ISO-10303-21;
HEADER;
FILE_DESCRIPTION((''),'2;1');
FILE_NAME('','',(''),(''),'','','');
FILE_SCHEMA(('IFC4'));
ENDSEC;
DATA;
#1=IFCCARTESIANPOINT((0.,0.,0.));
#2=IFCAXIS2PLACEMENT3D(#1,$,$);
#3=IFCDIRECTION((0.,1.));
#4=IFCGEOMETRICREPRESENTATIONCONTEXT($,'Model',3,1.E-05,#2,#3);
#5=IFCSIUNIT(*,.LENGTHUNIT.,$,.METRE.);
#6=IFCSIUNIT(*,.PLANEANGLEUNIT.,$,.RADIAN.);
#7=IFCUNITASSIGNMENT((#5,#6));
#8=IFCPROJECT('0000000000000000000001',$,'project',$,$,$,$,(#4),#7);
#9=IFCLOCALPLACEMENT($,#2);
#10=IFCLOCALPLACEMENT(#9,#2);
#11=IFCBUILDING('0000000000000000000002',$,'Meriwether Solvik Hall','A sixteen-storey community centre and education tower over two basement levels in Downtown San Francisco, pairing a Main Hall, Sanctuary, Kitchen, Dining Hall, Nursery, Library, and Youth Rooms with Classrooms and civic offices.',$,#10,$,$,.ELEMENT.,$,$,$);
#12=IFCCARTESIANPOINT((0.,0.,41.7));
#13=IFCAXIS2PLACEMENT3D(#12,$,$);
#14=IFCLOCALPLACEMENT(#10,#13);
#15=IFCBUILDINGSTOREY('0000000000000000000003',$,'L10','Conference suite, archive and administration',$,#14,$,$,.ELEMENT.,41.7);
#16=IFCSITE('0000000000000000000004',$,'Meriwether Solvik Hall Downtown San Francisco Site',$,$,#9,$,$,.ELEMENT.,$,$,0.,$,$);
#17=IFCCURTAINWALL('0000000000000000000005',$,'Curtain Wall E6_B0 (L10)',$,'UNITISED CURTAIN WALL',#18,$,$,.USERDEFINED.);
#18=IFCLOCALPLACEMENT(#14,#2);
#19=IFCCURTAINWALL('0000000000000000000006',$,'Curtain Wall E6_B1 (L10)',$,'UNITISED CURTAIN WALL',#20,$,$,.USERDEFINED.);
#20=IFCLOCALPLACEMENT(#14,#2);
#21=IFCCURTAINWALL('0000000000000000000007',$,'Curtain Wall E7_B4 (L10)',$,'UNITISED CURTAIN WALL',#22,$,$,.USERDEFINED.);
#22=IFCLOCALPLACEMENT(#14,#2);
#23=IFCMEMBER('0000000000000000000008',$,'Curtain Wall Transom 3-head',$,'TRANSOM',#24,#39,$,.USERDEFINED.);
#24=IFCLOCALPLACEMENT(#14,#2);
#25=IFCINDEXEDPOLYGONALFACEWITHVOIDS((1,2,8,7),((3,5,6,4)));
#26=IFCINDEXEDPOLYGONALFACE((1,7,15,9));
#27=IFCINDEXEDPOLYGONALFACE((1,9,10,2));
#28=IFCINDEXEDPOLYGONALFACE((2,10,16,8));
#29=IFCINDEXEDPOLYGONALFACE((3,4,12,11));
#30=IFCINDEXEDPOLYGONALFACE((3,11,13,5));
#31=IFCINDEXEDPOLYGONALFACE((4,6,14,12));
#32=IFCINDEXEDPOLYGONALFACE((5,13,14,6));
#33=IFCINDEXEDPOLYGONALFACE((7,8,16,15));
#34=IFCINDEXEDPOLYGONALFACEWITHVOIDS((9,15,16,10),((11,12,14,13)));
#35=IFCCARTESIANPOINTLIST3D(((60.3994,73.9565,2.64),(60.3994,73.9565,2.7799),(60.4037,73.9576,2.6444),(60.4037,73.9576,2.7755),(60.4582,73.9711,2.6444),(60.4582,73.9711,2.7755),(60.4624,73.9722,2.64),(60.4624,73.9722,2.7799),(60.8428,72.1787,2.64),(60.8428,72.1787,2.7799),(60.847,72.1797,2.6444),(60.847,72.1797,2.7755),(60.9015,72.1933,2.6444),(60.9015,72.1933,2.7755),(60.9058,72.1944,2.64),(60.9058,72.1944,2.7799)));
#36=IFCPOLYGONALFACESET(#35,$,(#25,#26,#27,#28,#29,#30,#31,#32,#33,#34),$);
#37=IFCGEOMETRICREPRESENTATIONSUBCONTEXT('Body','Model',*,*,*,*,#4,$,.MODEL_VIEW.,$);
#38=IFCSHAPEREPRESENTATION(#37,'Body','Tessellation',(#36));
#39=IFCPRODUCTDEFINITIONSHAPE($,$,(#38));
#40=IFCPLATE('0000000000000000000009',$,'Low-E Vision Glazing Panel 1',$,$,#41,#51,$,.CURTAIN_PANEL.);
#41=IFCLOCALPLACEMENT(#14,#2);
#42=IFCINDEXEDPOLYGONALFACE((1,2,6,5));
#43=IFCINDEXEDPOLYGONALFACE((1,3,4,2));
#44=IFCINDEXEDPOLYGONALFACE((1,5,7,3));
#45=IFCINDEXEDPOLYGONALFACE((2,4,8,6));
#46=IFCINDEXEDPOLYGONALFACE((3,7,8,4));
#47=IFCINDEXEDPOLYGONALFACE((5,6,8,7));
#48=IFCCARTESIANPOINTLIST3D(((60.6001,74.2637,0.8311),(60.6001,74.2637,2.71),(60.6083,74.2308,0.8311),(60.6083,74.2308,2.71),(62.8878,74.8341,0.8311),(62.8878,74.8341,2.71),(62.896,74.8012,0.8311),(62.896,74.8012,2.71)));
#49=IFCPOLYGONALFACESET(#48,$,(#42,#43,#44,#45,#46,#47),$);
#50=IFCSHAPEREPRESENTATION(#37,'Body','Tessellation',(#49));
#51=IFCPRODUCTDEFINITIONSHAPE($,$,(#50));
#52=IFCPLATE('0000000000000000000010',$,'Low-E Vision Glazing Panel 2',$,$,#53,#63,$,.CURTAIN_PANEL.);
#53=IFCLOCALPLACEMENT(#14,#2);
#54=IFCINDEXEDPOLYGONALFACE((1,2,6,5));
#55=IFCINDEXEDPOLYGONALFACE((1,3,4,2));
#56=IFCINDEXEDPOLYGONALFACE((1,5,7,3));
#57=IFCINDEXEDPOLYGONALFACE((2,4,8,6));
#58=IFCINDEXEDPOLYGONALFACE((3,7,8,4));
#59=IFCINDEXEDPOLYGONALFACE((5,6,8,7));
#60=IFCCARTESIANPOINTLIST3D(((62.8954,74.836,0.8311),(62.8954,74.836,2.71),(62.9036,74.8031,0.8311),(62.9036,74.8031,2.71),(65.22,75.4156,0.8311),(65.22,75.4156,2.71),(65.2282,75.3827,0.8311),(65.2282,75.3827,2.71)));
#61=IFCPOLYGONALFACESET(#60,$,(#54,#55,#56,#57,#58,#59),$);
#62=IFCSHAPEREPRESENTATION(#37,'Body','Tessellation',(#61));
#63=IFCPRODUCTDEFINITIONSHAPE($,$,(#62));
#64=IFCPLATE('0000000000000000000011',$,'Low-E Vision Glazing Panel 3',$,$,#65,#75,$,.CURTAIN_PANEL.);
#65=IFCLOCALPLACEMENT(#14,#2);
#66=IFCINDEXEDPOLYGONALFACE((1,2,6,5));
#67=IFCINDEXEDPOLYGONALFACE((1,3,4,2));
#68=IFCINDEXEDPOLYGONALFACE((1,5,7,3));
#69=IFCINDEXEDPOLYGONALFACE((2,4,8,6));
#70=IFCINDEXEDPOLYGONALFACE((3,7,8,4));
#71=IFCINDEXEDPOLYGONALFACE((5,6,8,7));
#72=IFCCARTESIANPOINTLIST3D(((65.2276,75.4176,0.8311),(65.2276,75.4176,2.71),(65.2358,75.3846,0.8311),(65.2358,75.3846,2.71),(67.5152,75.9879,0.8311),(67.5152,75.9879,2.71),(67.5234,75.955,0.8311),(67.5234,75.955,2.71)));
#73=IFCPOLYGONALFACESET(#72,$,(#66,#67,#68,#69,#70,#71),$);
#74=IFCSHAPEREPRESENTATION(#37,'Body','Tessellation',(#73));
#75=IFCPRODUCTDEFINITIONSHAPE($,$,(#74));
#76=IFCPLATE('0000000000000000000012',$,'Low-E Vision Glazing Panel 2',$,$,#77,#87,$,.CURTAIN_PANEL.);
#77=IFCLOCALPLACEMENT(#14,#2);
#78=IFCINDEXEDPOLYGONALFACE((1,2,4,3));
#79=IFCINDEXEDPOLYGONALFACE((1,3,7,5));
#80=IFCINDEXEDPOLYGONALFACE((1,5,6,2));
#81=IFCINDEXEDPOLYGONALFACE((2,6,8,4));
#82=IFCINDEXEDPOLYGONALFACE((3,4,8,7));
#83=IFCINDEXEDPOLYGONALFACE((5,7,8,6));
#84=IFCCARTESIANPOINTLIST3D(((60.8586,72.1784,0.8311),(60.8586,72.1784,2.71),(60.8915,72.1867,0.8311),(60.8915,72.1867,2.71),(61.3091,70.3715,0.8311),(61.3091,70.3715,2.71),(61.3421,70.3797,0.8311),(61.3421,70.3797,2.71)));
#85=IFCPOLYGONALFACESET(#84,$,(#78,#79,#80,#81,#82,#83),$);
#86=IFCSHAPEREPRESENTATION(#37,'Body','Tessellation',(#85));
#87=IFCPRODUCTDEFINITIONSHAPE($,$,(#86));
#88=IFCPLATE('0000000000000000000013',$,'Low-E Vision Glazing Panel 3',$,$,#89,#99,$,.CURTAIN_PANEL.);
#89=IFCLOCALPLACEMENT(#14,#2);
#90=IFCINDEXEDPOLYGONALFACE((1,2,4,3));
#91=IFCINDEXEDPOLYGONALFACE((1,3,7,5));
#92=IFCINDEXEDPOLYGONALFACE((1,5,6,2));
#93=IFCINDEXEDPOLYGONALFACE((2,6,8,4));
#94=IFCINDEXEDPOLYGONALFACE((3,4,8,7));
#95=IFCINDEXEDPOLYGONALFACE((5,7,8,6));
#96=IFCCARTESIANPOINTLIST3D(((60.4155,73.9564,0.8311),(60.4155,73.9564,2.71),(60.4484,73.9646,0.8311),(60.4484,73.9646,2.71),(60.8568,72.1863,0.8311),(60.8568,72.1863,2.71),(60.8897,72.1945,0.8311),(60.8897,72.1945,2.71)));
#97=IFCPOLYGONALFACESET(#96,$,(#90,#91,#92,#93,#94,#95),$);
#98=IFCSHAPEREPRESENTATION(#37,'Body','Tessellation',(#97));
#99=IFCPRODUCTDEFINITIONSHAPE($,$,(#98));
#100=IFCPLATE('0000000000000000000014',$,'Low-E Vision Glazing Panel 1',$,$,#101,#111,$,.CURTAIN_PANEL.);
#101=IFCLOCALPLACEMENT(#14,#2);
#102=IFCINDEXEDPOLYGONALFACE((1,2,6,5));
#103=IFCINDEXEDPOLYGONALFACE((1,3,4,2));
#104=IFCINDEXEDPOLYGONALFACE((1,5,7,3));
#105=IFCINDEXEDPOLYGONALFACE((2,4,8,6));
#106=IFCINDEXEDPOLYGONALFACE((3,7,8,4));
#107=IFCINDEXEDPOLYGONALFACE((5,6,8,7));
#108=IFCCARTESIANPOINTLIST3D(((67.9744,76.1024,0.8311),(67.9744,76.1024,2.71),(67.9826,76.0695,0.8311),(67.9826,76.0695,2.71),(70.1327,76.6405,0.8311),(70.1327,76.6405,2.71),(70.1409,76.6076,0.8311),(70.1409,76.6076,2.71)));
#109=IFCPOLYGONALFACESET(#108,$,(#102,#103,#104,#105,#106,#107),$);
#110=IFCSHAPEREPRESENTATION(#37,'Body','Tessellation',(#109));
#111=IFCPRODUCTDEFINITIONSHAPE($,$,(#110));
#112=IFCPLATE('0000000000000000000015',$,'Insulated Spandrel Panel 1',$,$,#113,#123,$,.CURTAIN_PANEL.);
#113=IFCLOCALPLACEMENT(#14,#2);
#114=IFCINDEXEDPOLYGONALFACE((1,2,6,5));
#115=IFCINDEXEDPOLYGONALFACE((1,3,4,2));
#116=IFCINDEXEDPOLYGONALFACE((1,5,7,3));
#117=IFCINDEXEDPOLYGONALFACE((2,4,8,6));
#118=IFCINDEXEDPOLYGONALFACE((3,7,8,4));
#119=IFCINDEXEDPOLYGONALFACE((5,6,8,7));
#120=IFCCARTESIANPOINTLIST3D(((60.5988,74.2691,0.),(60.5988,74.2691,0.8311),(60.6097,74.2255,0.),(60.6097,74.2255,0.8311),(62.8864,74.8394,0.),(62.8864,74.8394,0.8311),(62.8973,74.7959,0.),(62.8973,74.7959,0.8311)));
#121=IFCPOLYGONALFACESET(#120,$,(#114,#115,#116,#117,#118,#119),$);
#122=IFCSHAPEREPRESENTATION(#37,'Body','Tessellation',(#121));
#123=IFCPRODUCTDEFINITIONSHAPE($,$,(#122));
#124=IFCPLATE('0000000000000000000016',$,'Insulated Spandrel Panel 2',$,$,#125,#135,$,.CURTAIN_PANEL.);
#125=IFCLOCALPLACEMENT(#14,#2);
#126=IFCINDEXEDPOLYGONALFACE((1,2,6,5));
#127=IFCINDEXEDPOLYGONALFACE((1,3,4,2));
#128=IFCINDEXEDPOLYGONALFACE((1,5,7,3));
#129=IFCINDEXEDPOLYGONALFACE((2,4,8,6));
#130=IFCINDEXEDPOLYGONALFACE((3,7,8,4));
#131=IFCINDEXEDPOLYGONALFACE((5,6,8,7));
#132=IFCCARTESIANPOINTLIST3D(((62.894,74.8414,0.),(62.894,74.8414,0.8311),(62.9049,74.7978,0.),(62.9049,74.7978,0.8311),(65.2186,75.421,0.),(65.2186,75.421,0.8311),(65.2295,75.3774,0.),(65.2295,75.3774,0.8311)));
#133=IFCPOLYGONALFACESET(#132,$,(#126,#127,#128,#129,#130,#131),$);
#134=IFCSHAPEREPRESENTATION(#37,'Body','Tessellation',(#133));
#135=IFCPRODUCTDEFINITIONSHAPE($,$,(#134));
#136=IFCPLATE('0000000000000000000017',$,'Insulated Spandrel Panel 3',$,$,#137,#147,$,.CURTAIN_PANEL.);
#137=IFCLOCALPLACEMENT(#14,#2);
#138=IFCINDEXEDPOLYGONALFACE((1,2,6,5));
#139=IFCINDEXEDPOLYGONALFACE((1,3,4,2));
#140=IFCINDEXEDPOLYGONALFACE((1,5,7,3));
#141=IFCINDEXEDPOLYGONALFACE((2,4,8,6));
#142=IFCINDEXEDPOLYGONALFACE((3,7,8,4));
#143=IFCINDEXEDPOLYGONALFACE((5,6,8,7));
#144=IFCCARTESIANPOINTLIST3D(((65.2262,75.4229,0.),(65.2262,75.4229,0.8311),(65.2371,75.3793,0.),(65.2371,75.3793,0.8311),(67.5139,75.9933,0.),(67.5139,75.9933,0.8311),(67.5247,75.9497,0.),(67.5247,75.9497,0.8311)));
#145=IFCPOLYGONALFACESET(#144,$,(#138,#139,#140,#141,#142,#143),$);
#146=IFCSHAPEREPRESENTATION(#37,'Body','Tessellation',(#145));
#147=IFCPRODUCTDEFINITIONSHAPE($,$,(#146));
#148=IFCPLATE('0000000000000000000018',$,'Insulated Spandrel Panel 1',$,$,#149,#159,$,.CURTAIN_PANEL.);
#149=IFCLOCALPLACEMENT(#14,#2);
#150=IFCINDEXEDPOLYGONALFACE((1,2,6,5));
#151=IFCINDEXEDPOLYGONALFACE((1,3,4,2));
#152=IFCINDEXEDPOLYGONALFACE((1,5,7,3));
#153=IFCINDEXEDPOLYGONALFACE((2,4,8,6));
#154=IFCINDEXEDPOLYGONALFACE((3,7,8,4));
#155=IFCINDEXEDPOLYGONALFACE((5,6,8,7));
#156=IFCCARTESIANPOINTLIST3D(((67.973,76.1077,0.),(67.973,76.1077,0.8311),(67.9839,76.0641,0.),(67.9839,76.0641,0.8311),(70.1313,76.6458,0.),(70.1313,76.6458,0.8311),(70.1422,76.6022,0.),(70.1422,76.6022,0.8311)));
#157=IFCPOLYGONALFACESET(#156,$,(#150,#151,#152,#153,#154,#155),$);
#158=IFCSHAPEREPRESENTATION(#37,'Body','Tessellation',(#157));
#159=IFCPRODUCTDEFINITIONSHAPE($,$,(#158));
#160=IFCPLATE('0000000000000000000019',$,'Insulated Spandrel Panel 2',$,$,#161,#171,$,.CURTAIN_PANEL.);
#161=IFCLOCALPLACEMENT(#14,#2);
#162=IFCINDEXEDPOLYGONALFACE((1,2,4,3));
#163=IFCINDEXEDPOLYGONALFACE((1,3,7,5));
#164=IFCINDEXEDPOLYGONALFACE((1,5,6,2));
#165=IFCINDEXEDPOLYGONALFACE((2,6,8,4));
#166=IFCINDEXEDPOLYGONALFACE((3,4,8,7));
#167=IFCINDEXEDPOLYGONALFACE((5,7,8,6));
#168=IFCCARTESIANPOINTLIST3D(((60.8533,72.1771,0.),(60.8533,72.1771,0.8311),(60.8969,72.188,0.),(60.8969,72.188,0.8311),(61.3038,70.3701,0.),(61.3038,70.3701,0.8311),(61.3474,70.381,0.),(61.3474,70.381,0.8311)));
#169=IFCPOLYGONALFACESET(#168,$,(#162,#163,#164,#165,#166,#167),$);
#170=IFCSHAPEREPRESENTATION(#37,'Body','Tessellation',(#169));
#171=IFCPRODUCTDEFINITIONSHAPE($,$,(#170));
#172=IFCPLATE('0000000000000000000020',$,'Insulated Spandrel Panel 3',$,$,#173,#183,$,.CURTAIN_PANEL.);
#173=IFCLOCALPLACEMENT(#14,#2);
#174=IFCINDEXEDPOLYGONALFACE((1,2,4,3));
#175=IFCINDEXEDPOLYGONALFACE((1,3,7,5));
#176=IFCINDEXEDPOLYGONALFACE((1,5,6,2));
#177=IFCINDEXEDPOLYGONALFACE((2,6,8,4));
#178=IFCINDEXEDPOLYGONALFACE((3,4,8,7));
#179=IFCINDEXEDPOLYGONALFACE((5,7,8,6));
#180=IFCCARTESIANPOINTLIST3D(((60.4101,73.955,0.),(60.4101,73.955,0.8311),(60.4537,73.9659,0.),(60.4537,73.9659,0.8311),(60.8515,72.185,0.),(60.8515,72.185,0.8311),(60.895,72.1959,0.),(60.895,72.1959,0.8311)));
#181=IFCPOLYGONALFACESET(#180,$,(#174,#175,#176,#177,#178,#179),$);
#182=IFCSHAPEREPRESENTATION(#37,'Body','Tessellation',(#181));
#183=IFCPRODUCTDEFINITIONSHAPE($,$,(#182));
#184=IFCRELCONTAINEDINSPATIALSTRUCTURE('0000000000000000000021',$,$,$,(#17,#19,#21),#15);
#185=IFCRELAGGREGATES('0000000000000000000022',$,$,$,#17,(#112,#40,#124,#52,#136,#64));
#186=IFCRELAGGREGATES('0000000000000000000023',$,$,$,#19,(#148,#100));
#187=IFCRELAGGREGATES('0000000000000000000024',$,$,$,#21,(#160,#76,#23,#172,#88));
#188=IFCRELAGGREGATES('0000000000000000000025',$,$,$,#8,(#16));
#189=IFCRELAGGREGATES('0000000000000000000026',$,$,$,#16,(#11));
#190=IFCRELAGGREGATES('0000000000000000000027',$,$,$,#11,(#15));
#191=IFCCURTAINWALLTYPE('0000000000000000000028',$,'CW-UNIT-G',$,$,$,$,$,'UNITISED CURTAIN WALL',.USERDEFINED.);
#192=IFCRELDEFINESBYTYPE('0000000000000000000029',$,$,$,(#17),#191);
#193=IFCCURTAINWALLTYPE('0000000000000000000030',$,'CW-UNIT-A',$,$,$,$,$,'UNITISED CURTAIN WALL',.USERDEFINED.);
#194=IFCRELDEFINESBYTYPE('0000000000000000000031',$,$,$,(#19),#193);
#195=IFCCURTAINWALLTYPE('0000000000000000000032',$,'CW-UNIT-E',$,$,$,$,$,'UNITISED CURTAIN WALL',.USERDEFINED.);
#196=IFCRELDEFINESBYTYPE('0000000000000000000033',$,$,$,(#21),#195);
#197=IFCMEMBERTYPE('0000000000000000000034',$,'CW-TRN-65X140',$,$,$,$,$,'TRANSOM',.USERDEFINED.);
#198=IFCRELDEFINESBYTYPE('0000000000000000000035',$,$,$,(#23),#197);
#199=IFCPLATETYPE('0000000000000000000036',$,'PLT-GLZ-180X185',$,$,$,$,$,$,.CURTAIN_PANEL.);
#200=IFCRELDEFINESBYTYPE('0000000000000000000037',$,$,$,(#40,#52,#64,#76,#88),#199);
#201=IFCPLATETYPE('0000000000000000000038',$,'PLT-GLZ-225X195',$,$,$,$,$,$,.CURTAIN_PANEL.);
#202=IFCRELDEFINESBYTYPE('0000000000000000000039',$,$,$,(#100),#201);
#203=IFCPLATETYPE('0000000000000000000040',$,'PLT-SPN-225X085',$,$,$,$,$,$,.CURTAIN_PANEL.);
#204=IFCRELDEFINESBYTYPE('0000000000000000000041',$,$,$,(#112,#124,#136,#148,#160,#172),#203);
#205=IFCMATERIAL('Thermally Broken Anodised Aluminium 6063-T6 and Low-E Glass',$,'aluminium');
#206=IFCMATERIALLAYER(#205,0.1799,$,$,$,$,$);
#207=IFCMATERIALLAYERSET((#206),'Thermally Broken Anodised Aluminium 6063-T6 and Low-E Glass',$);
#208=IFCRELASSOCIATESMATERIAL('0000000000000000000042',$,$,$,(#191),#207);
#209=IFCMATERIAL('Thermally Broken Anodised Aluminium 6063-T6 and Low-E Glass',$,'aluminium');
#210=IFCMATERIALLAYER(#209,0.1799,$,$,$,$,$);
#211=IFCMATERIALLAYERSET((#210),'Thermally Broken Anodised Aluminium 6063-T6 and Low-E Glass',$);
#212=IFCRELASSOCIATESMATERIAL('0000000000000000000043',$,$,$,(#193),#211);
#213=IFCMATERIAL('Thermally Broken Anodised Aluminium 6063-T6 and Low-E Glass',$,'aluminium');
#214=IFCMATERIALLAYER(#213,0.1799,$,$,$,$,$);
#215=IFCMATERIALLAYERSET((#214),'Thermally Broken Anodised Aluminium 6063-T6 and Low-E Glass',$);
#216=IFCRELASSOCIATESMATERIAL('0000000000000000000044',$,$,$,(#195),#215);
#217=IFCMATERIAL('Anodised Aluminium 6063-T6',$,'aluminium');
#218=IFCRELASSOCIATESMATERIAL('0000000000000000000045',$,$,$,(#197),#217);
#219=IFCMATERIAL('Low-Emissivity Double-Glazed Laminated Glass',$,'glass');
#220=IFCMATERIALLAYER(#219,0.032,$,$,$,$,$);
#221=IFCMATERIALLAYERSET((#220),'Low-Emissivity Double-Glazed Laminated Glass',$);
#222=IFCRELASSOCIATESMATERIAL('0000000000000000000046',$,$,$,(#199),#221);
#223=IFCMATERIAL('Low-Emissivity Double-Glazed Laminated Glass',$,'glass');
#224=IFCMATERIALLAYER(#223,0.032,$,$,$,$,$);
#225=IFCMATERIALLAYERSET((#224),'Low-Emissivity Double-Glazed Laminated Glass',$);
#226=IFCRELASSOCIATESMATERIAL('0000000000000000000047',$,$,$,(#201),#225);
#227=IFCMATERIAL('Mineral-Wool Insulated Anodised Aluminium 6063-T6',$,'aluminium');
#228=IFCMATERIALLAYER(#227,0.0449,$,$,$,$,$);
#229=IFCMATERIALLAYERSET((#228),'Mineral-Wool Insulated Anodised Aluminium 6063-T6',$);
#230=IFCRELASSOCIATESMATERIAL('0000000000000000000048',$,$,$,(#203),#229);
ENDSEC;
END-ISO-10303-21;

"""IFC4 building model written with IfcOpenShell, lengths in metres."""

from ifc_helpers import new_model, si_unit, direction, frame, origin, origin_2d, place, context, subcontext, project, spatial, rectangle, hollow_rectangle, extrude, material, layer, layer_set, material_profile, profile_set, type_object, element, aggregate, save


model = new_model("IFC4")

# Units and contexts
model_context = context("Model", 3, precision=1e-05, world=origin(), true_north=direction((0.0, 1.0)))
body_context = subcontext(model_context, "Body", "Model", "MODEL_VIEW")
ifc_project = project(units=[si_unit("LENGTHUNIT", "METRE"), si_unit("PLANEANGLEUNIT", "RADIAN")], contexts=[model_context])

# Site, building, storey
site_placement = place(None, origin())
site = spatial("IfcSite", under=ifc_project, at=site_placement, Name="Meriwether Solvik Hall Downtown San Francisco Site", CompositionType="ELEMENT", RefElevation=0.0)
building_placement = place(site_placement, origin())
building = spatial("IfcBuilding", under=site, at=building_placement, Name="Meriwether Solvik Hall", Description="A sixteen-storey community centre and education tower over two basement levels in Downtown San Francisco, pairing a Main Hall, Sanctuary, Kitchen, Dining Hall, Nursery, Library, and Youth Rooms with Classrooms and civic offices.", CompositionType="ELEMENT")
storey_placement = place(building_placement, frame((0.0, 0.0, 41.7)))
storey = spatial("IfcBuildingStorey", under=building, at=storey_placement, Name="L10", Description="Conference suite, archive and administration", CompositionType="ELEMENT", Elevation=41.7)

# Curtain wall
ifc_material_1 = material(Name="Thermally Broken Anodised Aluminium 6063-T6 and Low-E Glass", Category="aluminium")
ifc_layer_1 = layer(ifc_material_1, 0.1799)
ifc_layer_set_1 = layer_set([ifc_layer_1], Name="Thermally Broken Anodised Aluminium 6063-T6 and Low-E Glass")
curtain_wall_type_1 = type_object("IfcCurtainWallType", Name="CW-UNIT-G", ElementType="UNITISED CURTAIN WALL", PredefinedType="USERDEFINED", material=ifc_layer_set_1)
curtain_wall_1_placement = place(storey_placement, origin())
curtain_wall_1 = element("IfcCurtainWall", 1, at=curtain_wall_1_placement, inside=storey, type_object=curtain_wall_type_1, Name="Curtain Wall E6_B0 (L10)", ObjectType="UNITISED CURTAIN WALL", PredefinedType="USERDEFINED")

# Curtain wall
ifc_material_2 = material(Name="Thermally Broken Anodised Aluminium 6063-T6 and Low-E Glass", Category="aluminium")
ifc_layer_2 = layer(ifc_material_2, 0.1799)
ifc_layer_set_2 = layer_set([ifc_layer_2], Name="Thermally Broken Anodised Aluminium 6063-T6 and Low-E Glass")
curtain_wall_type_2 = type_object("IfcCurtainWallType", Name="CW-UNIT-A", ElementType="UNITISED CURTAIN WALL", PredefinedType="USERDEFINED", material=ifc_layer_set_2)
curtain_wall_2_placement = place(storey_placement, origin())
curtain_wall_2 = element("IfcCurtainWall", 2, at=curtain_wall_2_placement, inside=storey, type_object=curtain_wall_type_2, Name="Curtain Wall E6_B1 (L10)", ObjectType="UNITISED CURTAIN WALL", PredefinedType="USERDEFINED")

# Curtain wall
ifc_material_3 = material(Name="Thermally Broken Anodised Aluminium 6063-T6 and Low-E Glass", Category="aluminium")
ifc_layer_3 = layer(ifc_material_3, 0.1799)
ifc_layer_set_3 = layer_set([ifc_layer_3], Name="Thermally Broken Anodised Aluminium 6063-T6 and Low-E Glass")
curtain_wall_type_3 = type_object("IfcCurtainWallType", Name="CW-UNIT-E", ElementType="UNITISED CURTAIN WALL", PredefinedType="USERDEFINED", material=ifc_layer_set_3)
curtain_wall_3_placement = place(storey_placement, origin())
curtain_wall_3 = element("IfcCurtainWall", 3, at=curtain_wall_3_placement, inside=storey, type_object=curtain_wall_type_3, Name="Curtain Wall E7_B4 (L10)", ObjectType="UNITISED CURTAIN WALL", PredefinedType="USERDEFINED")

# Member
ifc_material_4 = material(Name="Anodised Aluminium 6063-T6", Category="aluminium")
ifc_material_profile_1 = material_profile(ifc_material_4, hollow_rectangle(XDim=0.0649, YDim=0.1399, WallThickness=0.0044, at=origin_2d()), Name="CWT-65X140")
ifc_profile_set_1 = profile_set([ifc_material_profile_1], Name="Anodised Aluminium 6063-T6")
member_type_1 = type_object("IfcMemberType", Name="CW-TRN-65X140", ElementType="TRANSOM", PredefinedType="USERDEFINED", material=ifc_profile_set_1)
member_1_placement = place(storey_placement, frame((60.8743, 72.1865, 2.71), z_axis=(-0.241971, 0.970283, 0.0), x_axis=(-0.970283, -0.241971, 0.0)))
member_1 = element("IfcMember", 4, at=member_1_placement, type_object=member_type_1, Name="Curtain Wall Transom 3-head", ObjectType="TRANSOM", PredefinedType="USERDEFINED", context=body_context, shape_type="SweptSolid", body=[
    extrude(hollow_rectangle(XDim=0.0649, YDim=0.1399, WallThickness=0.0044, at=origin_2d()), origin(), (0.0, 0.0, 1.0), 1.8323),
])

# Plates
ifc_material_5 = material(Name="Low-Emissivity Double-Glazed Laminated Glass", Category="glass")
ifc_layer_4 = layer(ifc_material_5, 0.032)
ifc_layer_set_4 = layer_set([ifc_layer_4], Name="Low-Emissivity Double-Glazed Laminated Glass")
plate_type_1 = type_object("IfcPlateType", Name="PLT-GLZ-180X185", PredefinedType="CURTAIN_PANEL", material=ifc_layer_set_4)
plate_1_placement = place(storey_placement, frame((61.748, 74.5325, 0.8311), z_axis=(0.0, 0.0, 1.0), x_axis=(0.970296, 0.241922, 0.0)))
plate_1 = element("IfcPlate", 5, at=plate_1_placement, type_object=plate_type_1, Name="Low-E Vision Glazing Panel 1", PredefinedType="CURTAIN_PANEL", context=body_context, shape_type="SweptSolid", body=[
    extrude(rectangle(XDim=2.3577, YDim=0.0339, at=origin_2d()), origin(), (0.0, 0.0, 1.0), 1.8789),
])
plate_2_placement = place(storey_placement, frame((64.0618, 75.1094, 0.8311), z_axis=(0.0, 0.0, 1.0), x_axis=(0.970296, 0.241922, 0.0)))
plate_2 = element("IfcPlate", 6, at=plate_2_placement, type_object=plate_type_1, Name="Low-E Vision Glazing Panel 2", PredefinedType="CURTAIN_PANEL", context=body_context, shape_type="SweptSolid", body=[
    extrude(rectangle(XDim=2.3958, YDim=0.0339, at=origin_2d()), origin(), (0.0, 0.0, 1.0), 1.8789),
])
plate_3_placement = place(storey_placement, frame((66.3755, 75.6863, 0.8311), z_axis=(0.0, 0.0, 1.0), x_axis=(0.970296, 0.241922, 0.0)))
plate_3 = element("IfcPlate", 7, at=plate_3_placement, type_object=plate_type_1, Name="Low-E Vision Glazing Panel 3", PredefinedType="CURTAIN_PANEL", context=body_context, shape_type="SweptSolid", body=[
    extrude(rectangle(XDim=2.3577, YDim=0.0339, at=origin_2d()), origin(), (0.0, 0.0, 1.0), 1.8789),
])
plate_4_placement = place(storey_placement, frame((61.1003, 71.2791, 0.8311), z_axis=(0.0, 0.0, 1.0), x_axis=(-0.241922, 0.970296, 0.0)))
plate_4 = element("IfcPlate", 8, at=plate_4_placement, type_object=plate_type_1, Name="Low-E Vision Glazing Panel 2", PredefinedType="CURTAIN_PANEL", context=body_context, shape_type="SweptSolid", body=[
    extrude(rectangle(XDim=1.8623, YDim=0.0339, at=origin_2d()), origin(), (0.0, 0.0, 1.0), 1.8789),
])
plate_5_placement = place(storey_placement, frame((60.6526, 73.0754, 0.8311), z_axis=(0.0, 0.0, 1.0), x_axis=(-0.241922, 0.970296, 0.0)))
plate_5 = element("IfcPlate", 9, at=plate_5_placement, type_object=plate_type_1, Name="Low-E Vision Glazing Panel 3", PredefinedType="CURTAIN_PANEL", context=body_context, shape_type="SweptSolid", body=[
    extrude(rectangle(XDim=1.8242, YDim=0.0339, at=origin_2d()), origin(), (0.0, 0.0, 1.0), 1.8789),
])
ifc_material_6 = material(Name="Low-Emissivity Double-Glazed Laminated Glass", Category="glass")
ifc_layer_5 = layer(ifc_material_6, 0.032)
ifc_layer_set_5 = layer_set([ifc_layer_5], Name="Low-Emissivity Double-Glazed Laminated Glass")
plate_type_2 = type_object("IfcPlateType", Name="PLT-GLZ-225X195", PredefinedType="CURTAIN_PANEL", material=ifc_layer_set_5)
plate_6_placement = place(storey_placement, frame((69.0576, 76.355, 0.8311), z_axis=(0.0, 0.0, 1.0), x_axis=(0.970296, 0.241922, 0.0)))
plate_6 = element("IfcPlate", 10, at=plate_6_placement, type_object=plate_type_2, Name="Low-E Vision Glazing Panel 1", PredefinedType="CURTAIN_PANEL", context=body_context, shape_type="SweptSolid", body=[
    extrude(rectangle(XDim=2.2244, YDim=0.0339, at=origin_2d()), origin(), (0.0, 0.0, 1.0), 1.8789),
])
ifc_material_7 = material(Name="Mineral-Wool Insulated Anodised Aluminium 6063-T6", Category="aluminium")
ifc_layer_6 = layer(ifc_material_7, 0.0449)
ifc_layer_set_6 = layer_set([ifc_layer_6], Name="Mineral-Wool Insulated Anodised Aluminium 6063-T6")
plate_type_3 = type_object("IfcPlateType", Name="PLT-SPN-225X085", PredefinedType="CURTAIN_PANEL", material=ifc_layer_set_6)
plate_7_placement = place(storey_placement, frame((61.748, 74.5325, 0.0), z_axis=(0.0, 0.0, 1.0), x_axis=(0.970296, 0.241922, 0.0)))
plate_7 = element("IfcPlate", 11, at=plate_7_placement, type_object=plate_type_3, Name="Insulated Spandrel Panel 1", PredefinedType="CURTAIN_PANEL", context=body_context, shape_type="SweptSolid", body=[
    extrude(rectangle(XDim=2.3577, YDim=0.0449, at=origin_2d()), origin(), (0.0, 0.0, 1.0), 0.8311),
])
plate_8_placement = place(storey_placement, frame((64.0618, 75.1094, 0.0), z_axis=(0.0, 0.0, 1.0), x_axis=(0.970296, 0.241922, 0.0)))
plate_8 = element("IfcPlate", 12, at=plate_8_placement, type_object=plate_type_3, Name="Insulated Spandrel Panel 2", PredefinedType="CURTAIN_PANEL", context=body_context, shape_type="SweptSolid", body=[
    extrude(rectangle(XDim=2.3958, YDim=0.0449, at=origin_2d()), origin(), (0.0, 0.0, 1.0), 0.8311),
])
plate_9_placement = place(storey_placement, frame((66.3755, 75.6863, 0.0), z_axis=(0.0, 0.0, 1.0), x_axis=(0.970296, 0.241922, 0.0)))
plate_9 = element("IfcPlate", 13, at=plate_9_placement, type_object=plate_type_3, Name="Insulated Spandrel Panel 3", PredefinedType="CURTAIN_PANEL", context=body_context, shape_type="SweptSolid", body=[
    extrude(rectangle(XDim=2.3577, YDim=0.0449, at=origin_2d()), origin(), (0.0, 0.0, 1.0), 0.8311),
])
aggregate(curtain_wall_1, [plate_7, plate_1, plate_8, plate_2, plate_9, plate_3])
plate_10_placement = place(storey_placement, frame((69.0576, 76.355, 0.0), z_axis=(0.0, 0.0, 1.0), x_axis=(0.970296, 0.241922, 0.0)))
plate_10 = element("IfcPlate", 14, at=plate_10_placement, type_object=plate_type_3, Name="Insulated Spandrel Panel 1", PredefinedType="CURTAIN_PANEL", context=body_context, shape_type="SweptSolid", body=[
    extrude(rectangle(XDim=2.2244, YDim=0.0449, at=origin_2d()), origin(), (0.0, 0.0, 1.0), 0.8311),
])
aggregate(curtain_wall_2, [plate_10, plate_6])
plate_11_placement = place(storey_placement, frame((61.1003, 71.2791, 0.0), z_axis=(0.0, 0.0, 1.0), x_axis=(-0.241922, 0.970296, 0.0)))
plate_11 = element("IfcPlate", 15, at=plate_11_placement, type_object=plate_type_3, Name="Insulated Spandrel Panel 2", PredefinedType="CURTAIN_PANEL", context=body_context, shape_type="SweptSolid", body=[
    extrude(rectangle(XDim=1.8623, YDim=0.0449, at=origin_2d()), origin(), (0.0, 0.0, 1.0), 0.8311),
])
plate_12_placement = place(storey_placement, frame((60.6526, 73.0754, 0.0), z_axis=(0.0, 0.0, 1.0), x_axis=(-0.241922, 0.970296, 0.0)))
plate_12 = element("IfcPlate", 16, at=plate_12_placement, type_object=plate_type_3, Name="Insulated Spandrel Panel 3", PredefinedType="CURTAIN_PANEL", context=body_context, shape_type="SweptSolid", body=[
    extrude(rectangle(XDim=1.8242, YDim=0.0449, at=origin_2d()), origin(), (0.0, 0.0, 1.0), 0.8311),
])
aggregate(curtain_wall_3, [plate_11, plate_4, member_1, plate_12, plate_5])

save(model, "model.ifc")
